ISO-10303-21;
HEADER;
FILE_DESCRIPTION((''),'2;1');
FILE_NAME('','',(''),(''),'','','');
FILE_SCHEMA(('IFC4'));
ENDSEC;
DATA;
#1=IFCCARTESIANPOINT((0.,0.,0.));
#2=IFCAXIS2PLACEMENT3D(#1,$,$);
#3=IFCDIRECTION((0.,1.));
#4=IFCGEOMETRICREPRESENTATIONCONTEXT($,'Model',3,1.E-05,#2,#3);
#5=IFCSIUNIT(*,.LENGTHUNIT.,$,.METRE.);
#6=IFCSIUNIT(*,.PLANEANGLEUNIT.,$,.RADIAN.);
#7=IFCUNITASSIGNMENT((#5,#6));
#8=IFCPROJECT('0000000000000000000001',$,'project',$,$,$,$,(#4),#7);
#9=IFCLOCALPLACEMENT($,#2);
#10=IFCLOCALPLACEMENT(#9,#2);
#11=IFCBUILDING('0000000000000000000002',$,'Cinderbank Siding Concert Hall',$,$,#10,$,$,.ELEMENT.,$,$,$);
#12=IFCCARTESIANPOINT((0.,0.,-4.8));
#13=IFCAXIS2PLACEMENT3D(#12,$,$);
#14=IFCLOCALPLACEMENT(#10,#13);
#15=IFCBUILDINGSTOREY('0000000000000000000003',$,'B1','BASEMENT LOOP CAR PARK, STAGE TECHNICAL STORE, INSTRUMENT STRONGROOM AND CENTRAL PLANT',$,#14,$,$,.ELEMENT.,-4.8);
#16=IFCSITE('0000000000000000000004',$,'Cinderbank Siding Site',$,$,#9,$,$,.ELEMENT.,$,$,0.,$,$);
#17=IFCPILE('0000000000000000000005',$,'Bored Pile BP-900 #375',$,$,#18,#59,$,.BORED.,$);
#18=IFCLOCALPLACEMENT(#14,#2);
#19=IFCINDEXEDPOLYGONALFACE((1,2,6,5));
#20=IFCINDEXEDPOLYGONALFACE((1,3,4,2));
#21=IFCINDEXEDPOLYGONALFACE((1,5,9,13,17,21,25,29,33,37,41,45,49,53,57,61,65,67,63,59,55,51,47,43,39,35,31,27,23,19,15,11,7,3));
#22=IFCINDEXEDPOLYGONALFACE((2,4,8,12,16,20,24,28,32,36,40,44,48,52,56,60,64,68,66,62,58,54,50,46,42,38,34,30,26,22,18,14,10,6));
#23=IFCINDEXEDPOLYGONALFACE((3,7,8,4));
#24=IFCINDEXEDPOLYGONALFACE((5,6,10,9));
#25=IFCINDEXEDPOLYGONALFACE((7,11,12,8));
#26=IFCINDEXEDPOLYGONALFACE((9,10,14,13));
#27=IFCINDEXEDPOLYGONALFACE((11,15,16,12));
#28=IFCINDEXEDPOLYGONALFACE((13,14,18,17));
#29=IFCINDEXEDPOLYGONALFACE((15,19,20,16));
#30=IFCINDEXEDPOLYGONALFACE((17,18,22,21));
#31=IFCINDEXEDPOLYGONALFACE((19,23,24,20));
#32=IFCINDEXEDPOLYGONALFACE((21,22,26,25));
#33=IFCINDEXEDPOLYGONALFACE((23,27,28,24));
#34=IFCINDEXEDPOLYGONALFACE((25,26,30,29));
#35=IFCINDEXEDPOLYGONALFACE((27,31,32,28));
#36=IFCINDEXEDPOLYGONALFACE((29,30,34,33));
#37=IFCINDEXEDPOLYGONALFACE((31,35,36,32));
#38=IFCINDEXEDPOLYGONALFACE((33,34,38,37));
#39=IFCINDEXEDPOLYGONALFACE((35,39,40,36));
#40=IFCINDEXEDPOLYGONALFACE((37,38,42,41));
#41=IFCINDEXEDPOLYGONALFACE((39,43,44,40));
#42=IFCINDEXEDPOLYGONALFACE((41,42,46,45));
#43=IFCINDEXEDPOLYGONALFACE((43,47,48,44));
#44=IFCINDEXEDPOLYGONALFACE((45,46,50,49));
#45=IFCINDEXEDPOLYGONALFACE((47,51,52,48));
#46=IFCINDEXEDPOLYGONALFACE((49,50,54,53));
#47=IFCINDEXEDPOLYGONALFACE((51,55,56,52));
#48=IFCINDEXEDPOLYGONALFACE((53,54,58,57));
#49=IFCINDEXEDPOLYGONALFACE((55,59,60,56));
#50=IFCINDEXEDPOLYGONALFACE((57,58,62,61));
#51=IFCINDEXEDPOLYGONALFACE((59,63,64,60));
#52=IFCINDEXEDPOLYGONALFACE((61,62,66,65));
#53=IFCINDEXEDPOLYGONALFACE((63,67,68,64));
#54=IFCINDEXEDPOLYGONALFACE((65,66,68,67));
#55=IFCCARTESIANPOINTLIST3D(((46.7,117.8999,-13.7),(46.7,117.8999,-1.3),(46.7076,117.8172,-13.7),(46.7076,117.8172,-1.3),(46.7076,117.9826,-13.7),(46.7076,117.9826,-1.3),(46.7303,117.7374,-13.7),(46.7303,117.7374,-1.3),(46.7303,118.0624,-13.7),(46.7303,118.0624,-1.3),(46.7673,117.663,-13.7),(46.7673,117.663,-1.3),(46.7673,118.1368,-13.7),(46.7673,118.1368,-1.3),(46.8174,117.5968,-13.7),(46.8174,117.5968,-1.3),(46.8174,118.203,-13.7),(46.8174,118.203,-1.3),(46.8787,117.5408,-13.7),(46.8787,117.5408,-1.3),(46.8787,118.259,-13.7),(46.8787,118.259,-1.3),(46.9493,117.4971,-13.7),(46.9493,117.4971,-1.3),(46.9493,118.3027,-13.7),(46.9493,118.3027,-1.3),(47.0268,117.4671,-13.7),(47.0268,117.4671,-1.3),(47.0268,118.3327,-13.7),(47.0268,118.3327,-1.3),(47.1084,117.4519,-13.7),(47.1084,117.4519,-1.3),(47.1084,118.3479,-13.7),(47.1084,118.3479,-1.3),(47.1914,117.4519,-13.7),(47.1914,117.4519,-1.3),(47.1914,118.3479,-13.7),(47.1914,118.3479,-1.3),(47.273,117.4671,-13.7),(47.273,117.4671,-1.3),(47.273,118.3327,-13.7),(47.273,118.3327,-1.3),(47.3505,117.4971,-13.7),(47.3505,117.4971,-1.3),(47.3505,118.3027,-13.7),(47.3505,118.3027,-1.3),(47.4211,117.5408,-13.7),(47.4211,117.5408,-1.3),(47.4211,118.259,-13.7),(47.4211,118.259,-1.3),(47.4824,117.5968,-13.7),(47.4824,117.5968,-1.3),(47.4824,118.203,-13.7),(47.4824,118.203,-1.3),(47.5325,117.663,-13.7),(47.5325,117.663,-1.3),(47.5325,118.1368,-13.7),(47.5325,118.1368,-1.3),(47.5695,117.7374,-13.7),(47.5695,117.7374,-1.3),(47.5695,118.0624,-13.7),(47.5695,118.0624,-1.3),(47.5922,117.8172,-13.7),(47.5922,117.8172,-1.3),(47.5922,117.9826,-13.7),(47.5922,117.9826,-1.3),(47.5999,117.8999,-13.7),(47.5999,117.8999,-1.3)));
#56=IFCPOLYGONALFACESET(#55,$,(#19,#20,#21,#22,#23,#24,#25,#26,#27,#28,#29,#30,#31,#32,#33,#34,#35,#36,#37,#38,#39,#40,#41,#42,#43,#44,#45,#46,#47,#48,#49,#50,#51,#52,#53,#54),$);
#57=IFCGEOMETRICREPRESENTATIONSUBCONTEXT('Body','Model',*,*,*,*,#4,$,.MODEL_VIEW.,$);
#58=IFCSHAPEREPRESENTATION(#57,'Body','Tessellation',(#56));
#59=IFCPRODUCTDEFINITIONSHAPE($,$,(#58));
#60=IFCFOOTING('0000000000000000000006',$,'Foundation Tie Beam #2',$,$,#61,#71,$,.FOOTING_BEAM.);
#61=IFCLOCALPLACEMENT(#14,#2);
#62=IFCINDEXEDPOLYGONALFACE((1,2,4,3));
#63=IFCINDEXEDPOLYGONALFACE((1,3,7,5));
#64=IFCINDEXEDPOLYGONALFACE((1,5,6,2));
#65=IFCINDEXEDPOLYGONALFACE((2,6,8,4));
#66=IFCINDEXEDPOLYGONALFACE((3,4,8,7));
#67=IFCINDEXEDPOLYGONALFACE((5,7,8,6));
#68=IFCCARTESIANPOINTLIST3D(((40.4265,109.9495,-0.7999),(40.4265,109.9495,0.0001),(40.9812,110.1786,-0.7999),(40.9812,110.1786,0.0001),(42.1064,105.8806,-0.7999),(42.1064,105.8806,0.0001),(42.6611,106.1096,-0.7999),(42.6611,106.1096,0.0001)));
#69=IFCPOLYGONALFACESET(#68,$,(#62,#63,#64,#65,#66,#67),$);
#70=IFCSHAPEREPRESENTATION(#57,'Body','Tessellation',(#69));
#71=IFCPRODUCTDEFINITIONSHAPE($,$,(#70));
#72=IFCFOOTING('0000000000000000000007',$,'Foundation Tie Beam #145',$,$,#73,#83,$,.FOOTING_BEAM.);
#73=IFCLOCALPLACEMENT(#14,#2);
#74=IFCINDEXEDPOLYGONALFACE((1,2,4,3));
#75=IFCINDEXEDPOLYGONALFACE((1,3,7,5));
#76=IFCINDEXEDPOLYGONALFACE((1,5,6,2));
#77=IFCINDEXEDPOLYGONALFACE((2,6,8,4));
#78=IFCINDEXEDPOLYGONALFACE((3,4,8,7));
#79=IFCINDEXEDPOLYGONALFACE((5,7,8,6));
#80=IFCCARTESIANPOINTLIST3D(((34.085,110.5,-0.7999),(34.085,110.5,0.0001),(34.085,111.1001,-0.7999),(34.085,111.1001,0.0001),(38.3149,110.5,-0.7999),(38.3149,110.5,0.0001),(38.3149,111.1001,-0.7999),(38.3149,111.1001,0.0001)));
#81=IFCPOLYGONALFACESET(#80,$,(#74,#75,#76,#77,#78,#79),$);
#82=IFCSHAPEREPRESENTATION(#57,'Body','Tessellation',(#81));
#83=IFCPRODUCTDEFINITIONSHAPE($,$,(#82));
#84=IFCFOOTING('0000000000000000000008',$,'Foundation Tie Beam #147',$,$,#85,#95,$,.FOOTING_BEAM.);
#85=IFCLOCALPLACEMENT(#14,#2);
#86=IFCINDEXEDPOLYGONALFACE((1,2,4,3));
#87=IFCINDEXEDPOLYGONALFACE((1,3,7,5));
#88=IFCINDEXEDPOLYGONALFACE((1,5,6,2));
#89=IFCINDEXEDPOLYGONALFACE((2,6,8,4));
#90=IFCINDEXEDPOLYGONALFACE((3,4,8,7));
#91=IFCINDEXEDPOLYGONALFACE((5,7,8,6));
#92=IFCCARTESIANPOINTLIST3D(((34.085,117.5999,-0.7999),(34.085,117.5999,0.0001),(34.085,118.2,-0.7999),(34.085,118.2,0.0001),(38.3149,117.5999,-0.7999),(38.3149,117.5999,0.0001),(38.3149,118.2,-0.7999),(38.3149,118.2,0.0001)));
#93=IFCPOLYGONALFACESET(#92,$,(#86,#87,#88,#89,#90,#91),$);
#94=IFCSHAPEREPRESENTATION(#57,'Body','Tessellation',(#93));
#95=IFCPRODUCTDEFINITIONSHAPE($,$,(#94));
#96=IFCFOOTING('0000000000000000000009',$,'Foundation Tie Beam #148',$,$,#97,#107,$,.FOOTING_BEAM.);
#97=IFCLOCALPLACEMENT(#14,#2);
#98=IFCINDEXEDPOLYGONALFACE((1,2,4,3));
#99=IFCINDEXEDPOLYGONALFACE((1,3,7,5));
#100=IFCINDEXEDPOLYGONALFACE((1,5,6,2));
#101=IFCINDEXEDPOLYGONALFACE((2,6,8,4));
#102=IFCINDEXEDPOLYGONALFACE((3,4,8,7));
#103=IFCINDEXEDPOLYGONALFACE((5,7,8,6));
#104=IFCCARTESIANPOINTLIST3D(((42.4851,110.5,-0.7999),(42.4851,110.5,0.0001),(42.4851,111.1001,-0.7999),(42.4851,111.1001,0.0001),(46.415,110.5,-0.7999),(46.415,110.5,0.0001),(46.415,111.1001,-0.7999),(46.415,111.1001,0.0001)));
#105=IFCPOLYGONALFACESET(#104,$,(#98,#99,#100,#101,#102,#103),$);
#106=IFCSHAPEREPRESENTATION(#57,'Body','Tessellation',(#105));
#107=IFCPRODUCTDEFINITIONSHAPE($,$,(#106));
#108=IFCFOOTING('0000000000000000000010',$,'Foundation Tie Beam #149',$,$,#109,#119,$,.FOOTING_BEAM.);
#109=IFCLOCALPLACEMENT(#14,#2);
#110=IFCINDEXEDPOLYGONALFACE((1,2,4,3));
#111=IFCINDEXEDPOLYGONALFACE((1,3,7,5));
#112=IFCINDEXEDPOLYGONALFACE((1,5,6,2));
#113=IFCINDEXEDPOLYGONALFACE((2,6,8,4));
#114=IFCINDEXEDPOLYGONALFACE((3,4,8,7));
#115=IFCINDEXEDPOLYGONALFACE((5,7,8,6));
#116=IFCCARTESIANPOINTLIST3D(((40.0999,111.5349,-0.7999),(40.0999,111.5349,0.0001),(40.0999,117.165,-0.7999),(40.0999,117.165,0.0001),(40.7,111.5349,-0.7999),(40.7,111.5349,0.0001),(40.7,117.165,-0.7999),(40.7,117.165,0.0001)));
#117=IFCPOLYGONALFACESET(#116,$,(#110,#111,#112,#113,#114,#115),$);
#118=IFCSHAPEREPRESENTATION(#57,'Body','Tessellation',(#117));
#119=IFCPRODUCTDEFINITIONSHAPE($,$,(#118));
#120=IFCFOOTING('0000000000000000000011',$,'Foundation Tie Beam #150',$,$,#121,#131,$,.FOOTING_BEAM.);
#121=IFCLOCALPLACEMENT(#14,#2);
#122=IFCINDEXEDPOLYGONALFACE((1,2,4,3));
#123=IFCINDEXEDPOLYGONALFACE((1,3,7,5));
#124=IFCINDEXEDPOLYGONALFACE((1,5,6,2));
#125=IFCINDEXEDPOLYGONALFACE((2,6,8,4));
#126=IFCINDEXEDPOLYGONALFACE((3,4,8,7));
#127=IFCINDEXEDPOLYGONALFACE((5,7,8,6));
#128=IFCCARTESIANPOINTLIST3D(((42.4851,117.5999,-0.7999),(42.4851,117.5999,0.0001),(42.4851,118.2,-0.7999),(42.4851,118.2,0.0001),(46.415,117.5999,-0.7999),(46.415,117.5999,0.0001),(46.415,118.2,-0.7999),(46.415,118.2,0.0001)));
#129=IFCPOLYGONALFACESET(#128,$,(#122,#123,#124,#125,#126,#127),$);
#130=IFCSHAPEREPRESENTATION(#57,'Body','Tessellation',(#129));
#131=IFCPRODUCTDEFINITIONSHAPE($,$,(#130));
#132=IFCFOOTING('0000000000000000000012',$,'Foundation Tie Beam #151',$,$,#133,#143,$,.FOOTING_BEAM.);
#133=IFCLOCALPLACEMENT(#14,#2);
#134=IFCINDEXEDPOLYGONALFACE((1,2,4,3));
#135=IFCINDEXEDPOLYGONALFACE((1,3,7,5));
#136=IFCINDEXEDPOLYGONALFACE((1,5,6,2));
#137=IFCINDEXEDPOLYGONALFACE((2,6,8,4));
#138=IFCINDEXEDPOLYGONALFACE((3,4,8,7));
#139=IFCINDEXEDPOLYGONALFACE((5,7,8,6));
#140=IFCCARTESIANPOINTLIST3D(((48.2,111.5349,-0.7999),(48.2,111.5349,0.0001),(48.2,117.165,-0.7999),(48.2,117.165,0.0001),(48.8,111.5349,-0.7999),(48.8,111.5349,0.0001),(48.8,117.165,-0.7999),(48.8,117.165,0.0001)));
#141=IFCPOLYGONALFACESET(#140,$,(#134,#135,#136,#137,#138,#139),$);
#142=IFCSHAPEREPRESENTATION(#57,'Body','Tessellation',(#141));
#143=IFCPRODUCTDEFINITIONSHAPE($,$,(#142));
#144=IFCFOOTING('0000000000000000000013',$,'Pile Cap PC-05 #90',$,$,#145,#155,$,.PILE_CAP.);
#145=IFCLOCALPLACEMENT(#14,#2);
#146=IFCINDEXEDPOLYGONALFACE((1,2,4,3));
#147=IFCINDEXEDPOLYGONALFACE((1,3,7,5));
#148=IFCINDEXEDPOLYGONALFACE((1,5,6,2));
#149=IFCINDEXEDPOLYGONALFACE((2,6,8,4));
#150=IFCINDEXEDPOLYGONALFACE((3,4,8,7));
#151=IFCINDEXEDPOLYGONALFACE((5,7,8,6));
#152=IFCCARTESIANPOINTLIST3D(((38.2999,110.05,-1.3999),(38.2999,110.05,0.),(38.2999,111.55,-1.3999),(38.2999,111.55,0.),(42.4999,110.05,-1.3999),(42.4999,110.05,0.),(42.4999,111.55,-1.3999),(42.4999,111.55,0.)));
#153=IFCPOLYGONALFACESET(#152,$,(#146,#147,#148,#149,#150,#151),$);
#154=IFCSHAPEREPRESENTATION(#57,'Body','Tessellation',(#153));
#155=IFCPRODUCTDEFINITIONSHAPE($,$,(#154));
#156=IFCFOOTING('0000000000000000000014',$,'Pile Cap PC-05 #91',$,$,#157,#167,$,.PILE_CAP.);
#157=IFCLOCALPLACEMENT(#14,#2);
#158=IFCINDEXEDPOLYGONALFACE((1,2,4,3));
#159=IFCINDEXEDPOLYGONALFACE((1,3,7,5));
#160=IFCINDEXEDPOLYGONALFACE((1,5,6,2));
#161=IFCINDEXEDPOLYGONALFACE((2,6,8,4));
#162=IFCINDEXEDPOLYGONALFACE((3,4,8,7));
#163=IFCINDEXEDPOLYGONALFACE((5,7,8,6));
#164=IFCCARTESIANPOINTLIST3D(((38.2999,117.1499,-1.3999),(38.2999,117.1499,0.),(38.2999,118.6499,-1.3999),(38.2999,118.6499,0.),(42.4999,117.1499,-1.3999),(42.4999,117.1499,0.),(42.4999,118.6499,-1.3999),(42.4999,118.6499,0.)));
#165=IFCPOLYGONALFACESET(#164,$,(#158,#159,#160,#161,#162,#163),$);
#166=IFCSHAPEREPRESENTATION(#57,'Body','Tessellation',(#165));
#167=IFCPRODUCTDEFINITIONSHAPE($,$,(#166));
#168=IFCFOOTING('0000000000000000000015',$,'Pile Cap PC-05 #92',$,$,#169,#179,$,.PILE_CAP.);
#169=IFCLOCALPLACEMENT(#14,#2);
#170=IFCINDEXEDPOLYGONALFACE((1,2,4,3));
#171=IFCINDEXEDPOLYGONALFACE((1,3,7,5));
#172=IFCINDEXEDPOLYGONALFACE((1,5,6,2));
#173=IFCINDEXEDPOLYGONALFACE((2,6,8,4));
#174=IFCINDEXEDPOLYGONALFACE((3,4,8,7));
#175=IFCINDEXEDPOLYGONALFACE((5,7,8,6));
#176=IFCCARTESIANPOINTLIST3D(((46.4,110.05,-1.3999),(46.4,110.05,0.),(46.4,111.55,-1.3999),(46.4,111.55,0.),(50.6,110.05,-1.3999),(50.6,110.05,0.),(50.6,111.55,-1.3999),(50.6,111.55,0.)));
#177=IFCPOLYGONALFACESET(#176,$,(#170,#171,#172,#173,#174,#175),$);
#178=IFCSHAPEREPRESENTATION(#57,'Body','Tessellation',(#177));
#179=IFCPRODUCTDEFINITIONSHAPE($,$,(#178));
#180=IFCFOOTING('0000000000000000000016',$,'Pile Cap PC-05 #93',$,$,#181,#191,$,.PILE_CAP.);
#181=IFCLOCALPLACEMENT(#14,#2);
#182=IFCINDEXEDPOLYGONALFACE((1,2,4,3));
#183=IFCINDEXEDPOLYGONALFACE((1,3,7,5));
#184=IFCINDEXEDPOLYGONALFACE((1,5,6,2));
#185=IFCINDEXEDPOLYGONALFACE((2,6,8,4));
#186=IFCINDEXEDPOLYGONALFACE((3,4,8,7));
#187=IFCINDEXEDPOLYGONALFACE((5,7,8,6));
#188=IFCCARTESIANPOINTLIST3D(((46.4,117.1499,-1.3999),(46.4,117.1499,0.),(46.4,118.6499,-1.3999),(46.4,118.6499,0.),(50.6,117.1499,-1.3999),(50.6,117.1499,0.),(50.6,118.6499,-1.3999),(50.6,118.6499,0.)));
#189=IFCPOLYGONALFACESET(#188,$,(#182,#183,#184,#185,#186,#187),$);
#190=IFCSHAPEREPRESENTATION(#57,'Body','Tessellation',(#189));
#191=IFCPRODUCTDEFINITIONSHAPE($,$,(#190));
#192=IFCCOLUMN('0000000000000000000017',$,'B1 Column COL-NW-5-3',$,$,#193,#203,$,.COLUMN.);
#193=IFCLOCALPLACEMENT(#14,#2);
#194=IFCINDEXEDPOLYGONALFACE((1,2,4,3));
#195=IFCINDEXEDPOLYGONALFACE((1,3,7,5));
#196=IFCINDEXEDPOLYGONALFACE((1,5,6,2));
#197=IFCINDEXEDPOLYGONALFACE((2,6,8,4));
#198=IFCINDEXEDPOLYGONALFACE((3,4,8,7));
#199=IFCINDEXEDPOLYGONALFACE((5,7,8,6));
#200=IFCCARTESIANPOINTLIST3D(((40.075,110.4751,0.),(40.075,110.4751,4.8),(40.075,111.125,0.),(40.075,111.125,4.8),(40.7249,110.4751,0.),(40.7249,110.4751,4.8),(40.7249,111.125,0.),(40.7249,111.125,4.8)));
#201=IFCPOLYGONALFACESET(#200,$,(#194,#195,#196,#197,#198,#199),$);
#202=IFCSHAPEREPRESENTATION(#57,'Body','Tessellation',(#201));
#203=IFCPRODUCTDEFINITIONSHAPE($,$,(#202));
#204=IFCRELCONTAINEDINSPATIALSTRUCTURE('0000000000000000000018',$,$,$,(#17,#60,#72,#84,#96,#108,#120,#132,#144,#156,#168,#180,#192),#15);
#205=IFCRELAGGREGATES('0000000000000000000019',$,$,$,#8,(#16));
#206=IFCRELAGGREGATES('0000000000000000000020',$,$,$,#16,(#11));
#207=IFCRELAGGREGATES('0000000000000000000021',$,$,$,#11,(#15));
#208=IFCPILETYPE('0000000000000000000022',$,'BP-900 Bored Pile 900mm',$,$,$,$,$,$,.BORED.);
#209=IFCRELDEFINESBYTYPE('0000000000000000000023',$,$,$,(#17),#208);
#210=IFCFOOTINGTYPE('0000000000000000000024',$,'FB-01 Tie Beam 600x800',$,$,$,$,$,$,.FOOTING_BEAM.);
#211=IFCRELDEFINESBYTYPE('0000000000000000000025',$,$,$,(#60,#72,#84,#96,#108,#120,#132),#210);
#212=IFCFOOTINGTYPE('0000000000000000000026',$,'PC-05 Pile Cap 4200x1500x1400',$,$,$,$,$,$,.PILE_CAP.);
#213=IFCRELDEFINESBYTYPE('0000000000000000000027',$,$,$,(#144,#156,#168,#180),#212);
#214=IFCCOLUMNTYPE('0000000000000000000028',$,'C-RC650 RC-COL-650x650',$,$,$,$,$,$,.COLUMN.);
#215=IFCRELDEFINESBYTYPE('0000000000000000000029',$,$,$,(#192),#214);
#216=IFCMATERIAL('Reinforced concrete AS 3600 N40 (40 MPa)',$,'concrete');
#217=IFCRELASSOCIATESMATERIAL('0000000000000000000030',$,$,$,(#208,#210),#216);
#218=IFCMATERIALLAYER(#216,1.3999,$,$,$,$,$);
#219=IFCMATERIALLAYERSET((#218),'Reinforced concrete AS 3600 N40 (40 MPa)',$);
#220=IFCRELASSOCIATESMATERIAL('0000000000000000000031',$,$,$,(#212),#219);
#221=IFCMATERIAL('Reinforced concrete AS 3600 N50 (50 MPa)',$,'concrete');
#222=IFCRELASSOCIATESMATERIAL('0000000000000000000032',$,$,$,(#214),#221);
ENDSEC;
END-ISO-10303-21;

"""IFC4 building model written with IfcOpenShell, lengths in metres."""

from ifc_helpers import new_model, si_unit, direction, frame, origin, origin_2d, place, context, subcontext, project, spatial, rectangle, circle, extrude, material, layer, layer_set, material_profile, profile_set, type_object, element, save


model = new_model("IFC4")

# Units and contexts
model_context = context("Model", 3, precision=1e-05, world=origin(), true_north=direction((0.0, 1.0)))
body_context = subcontext(model_context, "Body", "Model", "MODEL_VIEW")
ifc_project = project(units=[si_unit("LENGTHUNIT", "METRE"), si_unit("PLANEANGLEUNIT", "RADIAN")], contexts=[model_context])

# Site, building, storey
site_placement = place(None, origin())
site = spatial("IfcSite", under=ifc_project, at=site_placement, Name="Cinderbank Siding Site", CompositionType="ELEMENT", RefElevation=0.0)
building_placement = place(site_placement, origin())
building = spatial("IfcBuilding", under=site, at=building_placement, Name="Cinderbank Siding Concert Hall", CompositionType="ELEMENT")
storey_placement = place(building_placement, frame((0.0, 0.0, -4.8)))
storey = spatial("IfcBuildingStorey", under=building, at=storey_placement, Name="B1", Description="BASEMENT LOOP CAR PARK, STAGE TECHNICAL STORE, INSTRUMENT STRONGROOM AND CENTRAL PLANT", CompositionType="ELEMENT", Elevation=-4.8)

# Pile
ifc_material_1 = material(Name="Reinforced concrete AS 3600 N40 (40 MPa)", Category="concrete")
ifc_material_profile_1 = material_profile(ifc_material_1, circle(Radius=0.45, at=origin_2d()), Name="PILE-900DIA", Category="LoadBearing")
ifc_profile_set_1 = profile_set([ifc_material_profile_1], Name="Reinforced concrete AS 3600 N40 (40 MPa)")
pile_type = type_object("IfcPileType", Name="BP-900 Bored Pile 900mm", PredefinedType="BORED", material=ifc_profile_set_1)
for number, where, z_axis, x_axis, name in (
    (1, (47.1499, 117.8999, -1.3), (0.0, 0.0, -1.0), (1.0, 0.0, 0.0), "Bored Pile BP-900 #375"),
):
    element("IfcPile", number, at=place(storey_placement, frame(where, z_axis=z_axis, x_axis=x_axis)), inside=storey, type_object=pile_type, Name=name, PredefinedType="BORED", context=body_context, shape_type="SweptSolid", body=[
        extrude(circle(Radius=0.45, at=origin_2d()), origin(), (0.0, 0.0, 1.0), 12.3999),
    ])

# Footings
ifc_material_profile_2 = material_profile(ifc_material_1, rectangle(XDim=0.6001, YDim=0.8, at=origin_2d()), Name="RC-FB-600x800", Category="LoadBearing")
ifc_profile_set_2 = profile_set([ifc_material_profile_2], Name="Reinforced concrete AS 3600 N40 (40 MPa)")
footing_type_1 = type_object("IfcFootingType", Name="FB-01 Tie Beam 600x800", PredefinedType="FOOTING_BEAM", material=ifc_profile_set_2)
footing_1_placement = place(storey_placement, frame((42.3838, 105.9951, -0.3999), z_axis=(-0.381628, 0.924316, 0.0), x_axis=(-0.924316, -0.381628, 0.0)))
element("IfcFooting", 2, at=footing_1_placement, inside=storey, type_object=footing_type_1, Name="Foundation Tie Beam #2", PredefinedType="FOOTING_BEAM", context=body_context, shape_type="SweptSolid", body=[
    extrude(rectangle(XDim=0.6001, YDim=0.8, at=origin_2d()), origin(), (0.0, 0.0, 1.0), 4.4021),
])
for number, where, z_axis, x_axis, name in (
    (3, (34.085, 110.8, -0.3999), (1.0, 0.0, 0.0), (0.0, 1.0, 0.0), "Foundation Tie Beam #145"),
    (4, (34.085, 117.8999, -0.3999), (1.0, 0.0, 0.0), (0.0, 1.0, 0.0), "Foundation Tie Beam #147"),
):
    element("IfcFooting", number, at=place(storey_placement, frame(where, z_axis=z_axis, x_axis=x_axis)), inside=storey, type_object=footing_type_1, Name=name, PredefinedType="FOOTING_BEAM", context=body_context, shape_type="SweptSolid", body=[
        extrude(rectangle(XDim=0.6001, YDim=0.8, at=origin_2d()), origin(), (0.0, 0.0, 1.0), 4.23),
    ])
footing_2_placement = place(storey_placement, frame((42.4851, 110.8, -0.3999), z_axis=(1.0, 0.0, 0.0), x_axis=(0.0, 1.0, 0.0)))
element("IfcFooting", 5, at=footing_2_placement, inside=storey, type_object=footing_type_1, Name="Foundation Tie Beam #148", PredefinedType="FOOTING_BEAM", context=body_context, shape_type="SweptSolid", body=[
    extrude(rectangle(XDim=0.6001, YDim=0.8, at=origin_2d()), origin(), (0.0, 0.0, 1.0), 3.9299),
])
footing_3_placement = place(storey_placement, frame((40.3999, 111.5349, -0.3999), z_axis=(0.0, 1.0, 0.0), x_axis=(-1.0, 0.0, 0.0)))
element("IfcFooting", 6, at=footing_3_placement, inside=storey, type_object=footing_type_1, Name="Foundation Tie Beam #149", PredefinedType="FOOTING_BEAM", context=body_context, shape_type="SweptSolid", body=[
    extrude(rectangle(XDim=0.6001, YDim=0.8, at=origin_2d()), origin(), (0.0, 0.0, 1.0), 5.6301),
])
footing_4_placement = place(storey_placement, frame((42.4851, 117.8999, -0.3999), z_axis=(1.0, 0.0, 0.0), x_axis=(0.0, 1.0, 0.0)))
element("IfcFooting", 7, at=footing_4_placement, inside=storey, type_object=footing_type_1, Name="Foundation Tie Beam #150", PredefinedType="FOOTING_BEAM", context=body_context, shape_type="SweptSolid", body=[
    extrude(rectangle(XDim=0.6001, YDim=0.8, at=origin_2d()), origin(), (0.0, 0.0, 1.0), 3.9299),
])
footing_5_placement = place(storey_placement, frame((48.5, 111.5349, -0.3999), z_axis=(0.0, 1.0, 0.0), x_axis=(-1.0, 0.0, 0.0)))
element("IfcFooting", 8, at=footing_5_placement, inside=storey, type_object=footing_type_1, Name="Foundation Tie Beam #151", PredefinedType="FOOTING_BEAM", context=body_context, shape_type="SweptSolid", body=[
    extrude(rectangle(XDim=0.6001, YDim=0.8, at=origin_2d()), origin(), (0.0, 0.0, 1.0), 5.6301),
])
ifc_layer_1 = layer(ifc_material_1, 1.3999)
ifc_layer_set_1 = layer_set([ifc_layer_1], Name="Reinforced concrete AS 3600 N40 (40 MPa)")
footing_type_2 = type_object("IfcFootingType", Name="PC-05 Pile Cap 4200x1500x1400", PredefinedType="PILE_CAP", material=ifc_layer_set_1)
for number, where, z_axis, x_axis, name in (
    (9, (40.3999, 110.8, -1.3999), (0.0, 0.0, 1.0), (1.0, 0.0, 0.0), "Pile Cap PC-05 #90"),
    (10, (40.3999, 117.8999, -1.3999), (0.0, 0.0, 1.0), (1.0, 0.0, 0.0), "Pile Cap PC-05 #91"),
    (11, (48.5, 110.8, -1.3999), (0.0, 0.0, 1.0), (1.0, 0.0, 0.0), "Pile Cap PC-05 #92"),
    (12, (48.5, 117.8999, -1.3999), (0.0, 0.0, 1.0), (1.0, 0.0, 0.0), "Pile Cap PC-05 #93"),
):
    element("IfcFooting", number, at=place(storey_placement, frame(where, z_axis=z_axis, x_axis=x_axis)), inside=storey, type_object=footing_type_2, Name=name, PredefinedType="PILE_CAP", context=body_context, shape_type="SweptSolid", body=[
        extrude(rectangle(XDim=4.2, YDim=1.5, at=origin_2d()), origin(), (0.0, 0.0, 1.0), 1.3999),
    ])

# Column
ifc_material_2 = material(Name="Reinforced concrete AS 3600 N50 (50 MPa)", Category="concrete")
ifc_material_profile_3 = material_profile(ifc_material_2, rectangle(XDim=0.6499, YDim=0.6499, at=origin_2d()), Name="RC-COL-650x650", Category="LoadBearing")
ifc_profile_set_3 = profile_set([ifc_material_profile_3], Name="Reinforced concrete AS 3600 N50 (50 MPa)")
column_type = type_object("IfcColumnType", Name="C-RC650 RC-COL-650x650", PredefinedType="COLUMN", material=ifc_profile_set_3)
for number, where, z_axis, x_axis, name in (
    (13, (40.3999, 110.8, 0.0), (0.0, 0.0, 1.0), (1.0, 0.0, 0.0), "B1 Column COL-NW-5-3"),
):
    element("IfcColumn", number, at=place(storey_placement, frame(where, z_axis=z_axis, x_axis=x_axis)), inside=storey, type_object=column_type, Name=name, PredefinedType="COLUMN", context=body_context, shape_type="SweptSolid", body=[
        extrude(rectangle(XDim=0.6499, YDim=0.6499, at=origin_2d()), origin(), (0.0, 0.0, 1.0), 4.8),
    ])

save(model, "model.ifc")
